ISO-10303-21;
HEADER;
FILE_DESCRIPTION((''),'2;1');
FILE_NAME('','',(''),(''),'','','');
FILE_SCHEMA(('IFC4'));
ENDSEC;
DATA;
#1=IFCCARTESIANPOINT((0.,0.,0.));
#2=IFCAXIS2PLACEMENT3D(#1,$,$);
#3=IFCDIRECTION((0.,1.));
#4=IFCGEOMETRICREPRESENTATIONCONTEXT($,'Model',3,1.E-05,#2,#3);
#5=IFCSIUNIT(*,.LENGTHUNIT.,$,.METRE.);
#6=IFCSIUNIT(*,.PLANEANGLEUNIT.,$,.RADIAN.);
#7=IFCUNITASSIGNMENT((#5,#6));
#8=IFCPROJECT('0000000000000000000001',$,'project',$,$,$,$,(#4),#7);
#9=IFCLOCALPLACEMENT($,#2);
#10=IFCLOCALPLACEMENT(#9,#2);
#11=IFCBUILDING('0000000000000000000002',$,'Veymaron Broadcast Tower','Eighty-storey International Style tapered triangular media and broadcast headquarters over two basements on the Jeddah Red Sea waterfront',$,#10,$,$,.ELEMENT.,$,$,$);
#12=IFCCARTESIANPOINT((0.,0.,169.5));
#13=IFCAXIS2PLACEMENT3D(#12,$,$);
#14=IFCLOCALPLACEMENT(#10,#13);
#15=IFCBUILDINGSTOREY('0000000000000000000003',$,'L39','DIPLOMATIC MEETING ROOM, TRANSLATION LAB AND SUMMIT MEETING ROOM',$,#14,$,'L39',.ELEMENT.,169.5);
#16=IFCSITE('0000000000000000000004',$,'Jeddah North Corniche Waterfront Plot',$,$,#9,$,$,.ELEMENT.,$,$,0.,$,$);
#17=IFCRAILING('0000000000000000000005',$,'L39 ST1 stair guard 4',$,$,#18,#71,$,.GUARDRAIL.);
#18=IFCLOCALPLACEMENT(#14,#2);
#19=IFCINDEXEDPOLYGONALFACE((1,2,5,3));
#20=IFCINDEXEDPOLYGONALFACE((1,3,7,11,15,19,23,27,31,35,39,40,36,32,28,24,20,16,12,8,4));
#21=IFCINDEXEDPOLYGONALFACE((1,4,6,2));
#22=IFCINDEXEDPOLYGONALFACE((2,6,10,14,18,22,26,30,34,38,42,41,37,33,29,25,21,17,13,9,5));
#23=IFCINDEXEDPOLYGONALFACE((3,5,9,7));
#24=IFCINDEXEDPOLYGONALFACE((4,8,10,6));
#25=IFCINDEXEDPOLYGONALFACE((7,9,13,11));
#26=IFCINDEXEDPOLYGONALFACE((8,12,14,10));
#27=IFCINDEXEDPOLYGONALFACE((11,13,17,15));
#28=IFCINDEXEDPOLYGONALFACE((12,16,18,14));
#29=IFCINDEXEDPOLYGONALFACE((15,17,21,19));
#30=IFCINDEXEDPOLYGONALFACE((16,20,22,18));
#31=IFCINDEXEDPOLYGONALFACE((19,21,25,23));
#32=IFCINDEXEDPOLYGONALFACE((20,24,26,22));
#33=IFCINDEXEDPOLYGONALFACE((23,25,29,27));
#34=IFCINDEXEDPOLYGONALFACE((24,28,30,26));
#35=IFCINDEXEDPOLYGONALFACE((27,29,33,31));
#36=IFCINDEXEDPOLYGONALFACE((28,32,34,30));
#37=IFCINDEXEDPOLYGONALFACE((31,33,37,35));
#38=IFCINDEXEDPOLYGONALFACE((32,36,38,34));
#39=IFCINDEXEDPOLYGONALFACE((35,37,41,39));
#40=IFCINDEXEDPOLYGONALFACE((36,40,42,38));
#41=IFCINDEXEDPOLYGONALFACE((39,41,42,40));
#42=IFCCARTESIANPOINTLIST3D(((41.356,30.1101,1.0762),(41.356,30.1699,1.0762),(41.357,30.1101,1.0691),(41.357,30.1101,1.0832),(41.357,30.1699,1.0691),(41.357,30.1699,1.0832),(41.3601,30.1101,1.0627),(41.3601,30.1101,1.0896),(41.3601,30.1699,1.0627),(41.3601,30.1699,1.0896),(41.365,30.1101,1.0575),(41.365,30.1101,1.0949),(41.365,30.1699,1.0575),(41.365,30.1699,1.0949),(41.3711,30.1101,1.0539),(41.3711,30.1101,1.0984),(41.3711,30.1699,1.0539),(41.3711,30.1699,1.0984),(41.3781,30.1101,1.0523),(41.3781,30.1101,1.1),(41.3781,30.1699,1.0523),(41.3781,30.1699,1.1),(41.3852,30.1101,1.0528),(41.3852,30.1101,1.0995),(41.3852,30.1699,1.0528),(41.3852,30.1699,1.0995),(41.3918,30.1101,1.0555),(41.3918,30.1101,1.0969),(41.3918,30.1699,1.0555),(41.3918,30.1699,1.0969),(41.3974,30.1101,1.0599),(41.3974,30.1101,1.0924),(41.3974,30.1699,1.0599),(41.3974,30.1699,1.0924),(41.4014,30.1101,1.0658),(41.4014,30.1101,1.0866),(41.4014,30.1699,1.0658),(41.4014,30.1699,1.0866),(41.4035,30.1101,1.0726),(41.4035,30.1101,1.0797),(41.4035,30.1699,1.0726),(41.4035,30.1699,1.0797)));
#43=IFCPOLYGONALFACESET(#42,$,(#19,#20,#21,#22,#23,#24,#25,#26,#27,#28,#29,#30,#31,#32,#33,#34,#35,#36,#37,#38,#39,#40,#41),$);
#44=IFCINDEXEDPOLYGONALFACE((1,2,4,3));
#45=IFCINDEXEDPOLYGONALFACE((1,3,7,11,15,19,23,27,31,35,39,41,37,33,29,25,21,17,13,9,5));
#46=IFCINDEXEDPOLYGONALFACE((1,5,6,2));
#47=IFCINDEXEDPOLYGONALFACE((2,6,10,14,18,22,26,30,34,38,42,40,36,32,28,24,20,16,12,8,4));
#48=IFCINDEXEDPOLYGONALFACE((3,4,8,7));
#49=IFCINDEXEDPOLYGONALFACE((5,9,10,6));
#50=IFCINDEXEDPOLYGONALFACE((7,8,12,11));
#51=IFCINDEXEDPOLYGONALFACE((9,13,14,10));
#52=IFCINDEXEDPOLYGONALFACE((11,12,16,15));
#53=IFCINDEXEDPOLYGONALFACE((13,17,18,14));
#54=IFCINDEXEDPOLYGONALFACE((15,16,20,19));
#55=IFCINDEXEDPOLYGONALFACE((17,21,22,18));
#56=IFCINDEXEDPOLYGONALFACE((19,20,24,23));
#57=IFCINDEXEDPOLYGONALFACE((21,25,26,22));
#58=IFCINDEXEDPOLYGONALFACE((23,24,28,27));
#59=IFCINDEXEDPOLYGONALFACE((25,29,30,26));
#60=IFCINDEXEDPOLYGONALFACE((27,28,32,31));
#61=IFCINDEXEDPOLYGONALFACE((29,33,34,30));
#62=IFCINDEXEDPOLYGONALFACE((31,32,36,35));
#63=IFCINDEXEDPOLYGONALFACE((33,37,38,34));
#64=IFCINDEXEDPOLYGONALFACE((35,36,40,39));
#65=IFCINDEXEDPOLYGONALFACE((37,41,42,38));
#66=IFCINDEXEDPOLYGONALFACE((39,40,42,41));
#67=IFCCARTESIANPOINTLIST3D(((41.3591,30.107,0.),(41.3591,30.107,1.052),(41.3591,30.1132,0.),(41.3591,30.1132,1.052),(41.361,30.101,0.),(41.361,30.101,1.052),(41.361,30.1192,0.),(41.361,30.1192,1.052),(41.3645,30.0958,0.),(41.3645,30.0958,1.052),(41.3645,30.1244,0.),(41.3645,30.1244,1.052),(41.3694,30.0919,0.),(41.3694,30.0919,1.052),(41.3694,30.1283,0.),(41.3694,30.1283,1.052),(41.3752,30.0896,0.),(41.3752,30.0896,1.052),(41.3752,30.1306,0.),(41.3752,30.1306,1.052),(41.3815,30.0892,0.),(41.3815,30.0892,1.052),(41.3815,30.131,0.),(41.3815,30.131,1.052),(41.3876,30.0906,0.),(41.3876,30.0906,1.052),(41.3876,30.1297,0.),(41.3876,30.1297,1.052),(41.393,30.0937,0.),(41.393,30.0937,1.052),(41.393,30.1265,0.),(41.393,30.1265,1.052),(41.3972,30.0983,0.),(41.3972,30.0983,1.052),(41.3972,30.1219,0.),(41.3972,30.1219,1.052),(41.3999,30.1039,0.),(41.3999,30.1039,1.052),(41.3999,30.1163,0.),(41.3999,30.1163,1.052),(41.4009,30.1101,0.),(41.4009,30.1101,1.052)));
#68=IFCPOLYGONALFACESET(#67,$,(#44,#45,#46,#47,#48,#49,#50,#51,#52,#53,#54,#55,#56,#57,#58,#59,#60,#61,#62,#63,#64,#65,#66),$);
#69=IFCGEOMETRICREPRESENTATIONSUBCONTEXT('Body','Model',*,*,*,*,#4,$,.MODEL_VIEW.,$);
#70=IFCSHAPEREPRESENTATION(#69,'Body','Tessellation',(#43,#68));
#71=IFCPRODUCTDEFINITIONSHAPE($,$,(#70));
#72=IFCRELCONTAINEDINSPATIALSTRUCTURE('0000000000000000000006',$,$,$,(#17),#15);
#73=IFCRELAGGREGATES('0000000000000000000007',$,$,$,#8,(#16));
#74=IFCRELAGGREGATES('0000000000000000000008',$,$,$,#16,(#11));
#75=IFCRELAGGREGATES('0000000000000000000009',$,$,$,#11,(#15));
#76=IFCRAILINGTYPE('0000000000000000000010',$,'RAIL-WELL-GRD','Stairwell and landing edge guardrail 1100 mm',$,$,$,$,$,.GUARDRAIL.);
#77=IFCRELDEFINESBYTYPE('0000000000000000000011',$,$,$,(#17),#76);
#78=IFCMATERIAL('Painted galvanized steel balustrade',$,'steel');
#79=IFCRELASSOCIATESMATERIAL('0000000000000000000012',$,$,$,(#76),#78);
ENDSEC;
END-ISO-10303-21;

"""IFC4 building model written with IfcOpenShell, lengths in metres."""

from ifc_helpers import new_model, si_unit, direction, frame, origin, origin_2d, place, context, subcontext, project, spatial, circle, extrude, material, type_object, element, save


model = new_model("IFC4")

# Units and contexts
model_context = context("Model", 3, precision=1e-05, world=origin(), true_north=direction((0.0, 1.0)))
body_context = subcontext(model_context, "Body", "Model", "MODEL_VIEW")
ifc_project = project(units=[si_unit("LENGTHUNIT", "METRE"), si_unit("PLANEANGLEUNIT", "RADIAN")], contexts=[model_context])

# Site, building, storey
site_placement = place(None, origin())
site = spatial("IfcSite", under=ifc_project, at=site_placement, Name="Jeddah North Corniche Waterfront Plot", CompositionType="ELEMENT", RefElevation=0.0)
building_placement = place(site_placement, origin())
building = spatial("IfcBuilding", under=site, at=building_placement, Name="Veymaron Broadcast Tower", Description="Eighty-storey International Style tapered triangular media and broadcast headquarters over two basements on the Jeddah Red Sea waterfront", CompositionType="ELEMENT")
storey_placement = place(building_placement, frame((0.0, 0.0, 169.5)))
storey = spatial("IfcBuildingStorey", under=building, at=storey_placement, Name="L39", Description="DIPLOMATIC MEETING ROOM, TRANSLATION LAB AND SUMMIT MEETING ROOM", LongName="L39", CompositionType="ELEMENT", Elevation=169.5)

# Railing
ifc_material_1 = material(Name="Painted galvanized steel balustrade", Category="steel")
railing_type_1 = type_object("IfcRailingType", Name="RAIL-WELL-GRD", Description="Stairwell and landing edge guardrail 1100 mm", PredefinedType="GUARDRAIL", material=ifc_material_1)
railing_1_placement = place(storey_placement, frame((41.3799, 30.1101, 0.0)))
element("IfcRailing", 1, at=railing_1_placement, inside=storey, type_object=railing_type_1, Name="L39 ST1 stair guard 4", PredefinedType="GUARDRAIL", context=body_context, shape_type="SweptSolid", body=[
    extrude(circle(Radius=0.0239, at=origin_2d()), frame((0.0, 0.0, 1.0762), z_axis=(0.0, 1.0, 0.0), x_axis=(-1.0, 0.0, 0.0)), (0.0, 0.0, 1.0), 0.0598),
    extrude(circle(Radius=0.021, at=origin_2d()), origin(), (0.0, 0.0, 1.0), 1.052),
])

save(model, "model.ifc")
